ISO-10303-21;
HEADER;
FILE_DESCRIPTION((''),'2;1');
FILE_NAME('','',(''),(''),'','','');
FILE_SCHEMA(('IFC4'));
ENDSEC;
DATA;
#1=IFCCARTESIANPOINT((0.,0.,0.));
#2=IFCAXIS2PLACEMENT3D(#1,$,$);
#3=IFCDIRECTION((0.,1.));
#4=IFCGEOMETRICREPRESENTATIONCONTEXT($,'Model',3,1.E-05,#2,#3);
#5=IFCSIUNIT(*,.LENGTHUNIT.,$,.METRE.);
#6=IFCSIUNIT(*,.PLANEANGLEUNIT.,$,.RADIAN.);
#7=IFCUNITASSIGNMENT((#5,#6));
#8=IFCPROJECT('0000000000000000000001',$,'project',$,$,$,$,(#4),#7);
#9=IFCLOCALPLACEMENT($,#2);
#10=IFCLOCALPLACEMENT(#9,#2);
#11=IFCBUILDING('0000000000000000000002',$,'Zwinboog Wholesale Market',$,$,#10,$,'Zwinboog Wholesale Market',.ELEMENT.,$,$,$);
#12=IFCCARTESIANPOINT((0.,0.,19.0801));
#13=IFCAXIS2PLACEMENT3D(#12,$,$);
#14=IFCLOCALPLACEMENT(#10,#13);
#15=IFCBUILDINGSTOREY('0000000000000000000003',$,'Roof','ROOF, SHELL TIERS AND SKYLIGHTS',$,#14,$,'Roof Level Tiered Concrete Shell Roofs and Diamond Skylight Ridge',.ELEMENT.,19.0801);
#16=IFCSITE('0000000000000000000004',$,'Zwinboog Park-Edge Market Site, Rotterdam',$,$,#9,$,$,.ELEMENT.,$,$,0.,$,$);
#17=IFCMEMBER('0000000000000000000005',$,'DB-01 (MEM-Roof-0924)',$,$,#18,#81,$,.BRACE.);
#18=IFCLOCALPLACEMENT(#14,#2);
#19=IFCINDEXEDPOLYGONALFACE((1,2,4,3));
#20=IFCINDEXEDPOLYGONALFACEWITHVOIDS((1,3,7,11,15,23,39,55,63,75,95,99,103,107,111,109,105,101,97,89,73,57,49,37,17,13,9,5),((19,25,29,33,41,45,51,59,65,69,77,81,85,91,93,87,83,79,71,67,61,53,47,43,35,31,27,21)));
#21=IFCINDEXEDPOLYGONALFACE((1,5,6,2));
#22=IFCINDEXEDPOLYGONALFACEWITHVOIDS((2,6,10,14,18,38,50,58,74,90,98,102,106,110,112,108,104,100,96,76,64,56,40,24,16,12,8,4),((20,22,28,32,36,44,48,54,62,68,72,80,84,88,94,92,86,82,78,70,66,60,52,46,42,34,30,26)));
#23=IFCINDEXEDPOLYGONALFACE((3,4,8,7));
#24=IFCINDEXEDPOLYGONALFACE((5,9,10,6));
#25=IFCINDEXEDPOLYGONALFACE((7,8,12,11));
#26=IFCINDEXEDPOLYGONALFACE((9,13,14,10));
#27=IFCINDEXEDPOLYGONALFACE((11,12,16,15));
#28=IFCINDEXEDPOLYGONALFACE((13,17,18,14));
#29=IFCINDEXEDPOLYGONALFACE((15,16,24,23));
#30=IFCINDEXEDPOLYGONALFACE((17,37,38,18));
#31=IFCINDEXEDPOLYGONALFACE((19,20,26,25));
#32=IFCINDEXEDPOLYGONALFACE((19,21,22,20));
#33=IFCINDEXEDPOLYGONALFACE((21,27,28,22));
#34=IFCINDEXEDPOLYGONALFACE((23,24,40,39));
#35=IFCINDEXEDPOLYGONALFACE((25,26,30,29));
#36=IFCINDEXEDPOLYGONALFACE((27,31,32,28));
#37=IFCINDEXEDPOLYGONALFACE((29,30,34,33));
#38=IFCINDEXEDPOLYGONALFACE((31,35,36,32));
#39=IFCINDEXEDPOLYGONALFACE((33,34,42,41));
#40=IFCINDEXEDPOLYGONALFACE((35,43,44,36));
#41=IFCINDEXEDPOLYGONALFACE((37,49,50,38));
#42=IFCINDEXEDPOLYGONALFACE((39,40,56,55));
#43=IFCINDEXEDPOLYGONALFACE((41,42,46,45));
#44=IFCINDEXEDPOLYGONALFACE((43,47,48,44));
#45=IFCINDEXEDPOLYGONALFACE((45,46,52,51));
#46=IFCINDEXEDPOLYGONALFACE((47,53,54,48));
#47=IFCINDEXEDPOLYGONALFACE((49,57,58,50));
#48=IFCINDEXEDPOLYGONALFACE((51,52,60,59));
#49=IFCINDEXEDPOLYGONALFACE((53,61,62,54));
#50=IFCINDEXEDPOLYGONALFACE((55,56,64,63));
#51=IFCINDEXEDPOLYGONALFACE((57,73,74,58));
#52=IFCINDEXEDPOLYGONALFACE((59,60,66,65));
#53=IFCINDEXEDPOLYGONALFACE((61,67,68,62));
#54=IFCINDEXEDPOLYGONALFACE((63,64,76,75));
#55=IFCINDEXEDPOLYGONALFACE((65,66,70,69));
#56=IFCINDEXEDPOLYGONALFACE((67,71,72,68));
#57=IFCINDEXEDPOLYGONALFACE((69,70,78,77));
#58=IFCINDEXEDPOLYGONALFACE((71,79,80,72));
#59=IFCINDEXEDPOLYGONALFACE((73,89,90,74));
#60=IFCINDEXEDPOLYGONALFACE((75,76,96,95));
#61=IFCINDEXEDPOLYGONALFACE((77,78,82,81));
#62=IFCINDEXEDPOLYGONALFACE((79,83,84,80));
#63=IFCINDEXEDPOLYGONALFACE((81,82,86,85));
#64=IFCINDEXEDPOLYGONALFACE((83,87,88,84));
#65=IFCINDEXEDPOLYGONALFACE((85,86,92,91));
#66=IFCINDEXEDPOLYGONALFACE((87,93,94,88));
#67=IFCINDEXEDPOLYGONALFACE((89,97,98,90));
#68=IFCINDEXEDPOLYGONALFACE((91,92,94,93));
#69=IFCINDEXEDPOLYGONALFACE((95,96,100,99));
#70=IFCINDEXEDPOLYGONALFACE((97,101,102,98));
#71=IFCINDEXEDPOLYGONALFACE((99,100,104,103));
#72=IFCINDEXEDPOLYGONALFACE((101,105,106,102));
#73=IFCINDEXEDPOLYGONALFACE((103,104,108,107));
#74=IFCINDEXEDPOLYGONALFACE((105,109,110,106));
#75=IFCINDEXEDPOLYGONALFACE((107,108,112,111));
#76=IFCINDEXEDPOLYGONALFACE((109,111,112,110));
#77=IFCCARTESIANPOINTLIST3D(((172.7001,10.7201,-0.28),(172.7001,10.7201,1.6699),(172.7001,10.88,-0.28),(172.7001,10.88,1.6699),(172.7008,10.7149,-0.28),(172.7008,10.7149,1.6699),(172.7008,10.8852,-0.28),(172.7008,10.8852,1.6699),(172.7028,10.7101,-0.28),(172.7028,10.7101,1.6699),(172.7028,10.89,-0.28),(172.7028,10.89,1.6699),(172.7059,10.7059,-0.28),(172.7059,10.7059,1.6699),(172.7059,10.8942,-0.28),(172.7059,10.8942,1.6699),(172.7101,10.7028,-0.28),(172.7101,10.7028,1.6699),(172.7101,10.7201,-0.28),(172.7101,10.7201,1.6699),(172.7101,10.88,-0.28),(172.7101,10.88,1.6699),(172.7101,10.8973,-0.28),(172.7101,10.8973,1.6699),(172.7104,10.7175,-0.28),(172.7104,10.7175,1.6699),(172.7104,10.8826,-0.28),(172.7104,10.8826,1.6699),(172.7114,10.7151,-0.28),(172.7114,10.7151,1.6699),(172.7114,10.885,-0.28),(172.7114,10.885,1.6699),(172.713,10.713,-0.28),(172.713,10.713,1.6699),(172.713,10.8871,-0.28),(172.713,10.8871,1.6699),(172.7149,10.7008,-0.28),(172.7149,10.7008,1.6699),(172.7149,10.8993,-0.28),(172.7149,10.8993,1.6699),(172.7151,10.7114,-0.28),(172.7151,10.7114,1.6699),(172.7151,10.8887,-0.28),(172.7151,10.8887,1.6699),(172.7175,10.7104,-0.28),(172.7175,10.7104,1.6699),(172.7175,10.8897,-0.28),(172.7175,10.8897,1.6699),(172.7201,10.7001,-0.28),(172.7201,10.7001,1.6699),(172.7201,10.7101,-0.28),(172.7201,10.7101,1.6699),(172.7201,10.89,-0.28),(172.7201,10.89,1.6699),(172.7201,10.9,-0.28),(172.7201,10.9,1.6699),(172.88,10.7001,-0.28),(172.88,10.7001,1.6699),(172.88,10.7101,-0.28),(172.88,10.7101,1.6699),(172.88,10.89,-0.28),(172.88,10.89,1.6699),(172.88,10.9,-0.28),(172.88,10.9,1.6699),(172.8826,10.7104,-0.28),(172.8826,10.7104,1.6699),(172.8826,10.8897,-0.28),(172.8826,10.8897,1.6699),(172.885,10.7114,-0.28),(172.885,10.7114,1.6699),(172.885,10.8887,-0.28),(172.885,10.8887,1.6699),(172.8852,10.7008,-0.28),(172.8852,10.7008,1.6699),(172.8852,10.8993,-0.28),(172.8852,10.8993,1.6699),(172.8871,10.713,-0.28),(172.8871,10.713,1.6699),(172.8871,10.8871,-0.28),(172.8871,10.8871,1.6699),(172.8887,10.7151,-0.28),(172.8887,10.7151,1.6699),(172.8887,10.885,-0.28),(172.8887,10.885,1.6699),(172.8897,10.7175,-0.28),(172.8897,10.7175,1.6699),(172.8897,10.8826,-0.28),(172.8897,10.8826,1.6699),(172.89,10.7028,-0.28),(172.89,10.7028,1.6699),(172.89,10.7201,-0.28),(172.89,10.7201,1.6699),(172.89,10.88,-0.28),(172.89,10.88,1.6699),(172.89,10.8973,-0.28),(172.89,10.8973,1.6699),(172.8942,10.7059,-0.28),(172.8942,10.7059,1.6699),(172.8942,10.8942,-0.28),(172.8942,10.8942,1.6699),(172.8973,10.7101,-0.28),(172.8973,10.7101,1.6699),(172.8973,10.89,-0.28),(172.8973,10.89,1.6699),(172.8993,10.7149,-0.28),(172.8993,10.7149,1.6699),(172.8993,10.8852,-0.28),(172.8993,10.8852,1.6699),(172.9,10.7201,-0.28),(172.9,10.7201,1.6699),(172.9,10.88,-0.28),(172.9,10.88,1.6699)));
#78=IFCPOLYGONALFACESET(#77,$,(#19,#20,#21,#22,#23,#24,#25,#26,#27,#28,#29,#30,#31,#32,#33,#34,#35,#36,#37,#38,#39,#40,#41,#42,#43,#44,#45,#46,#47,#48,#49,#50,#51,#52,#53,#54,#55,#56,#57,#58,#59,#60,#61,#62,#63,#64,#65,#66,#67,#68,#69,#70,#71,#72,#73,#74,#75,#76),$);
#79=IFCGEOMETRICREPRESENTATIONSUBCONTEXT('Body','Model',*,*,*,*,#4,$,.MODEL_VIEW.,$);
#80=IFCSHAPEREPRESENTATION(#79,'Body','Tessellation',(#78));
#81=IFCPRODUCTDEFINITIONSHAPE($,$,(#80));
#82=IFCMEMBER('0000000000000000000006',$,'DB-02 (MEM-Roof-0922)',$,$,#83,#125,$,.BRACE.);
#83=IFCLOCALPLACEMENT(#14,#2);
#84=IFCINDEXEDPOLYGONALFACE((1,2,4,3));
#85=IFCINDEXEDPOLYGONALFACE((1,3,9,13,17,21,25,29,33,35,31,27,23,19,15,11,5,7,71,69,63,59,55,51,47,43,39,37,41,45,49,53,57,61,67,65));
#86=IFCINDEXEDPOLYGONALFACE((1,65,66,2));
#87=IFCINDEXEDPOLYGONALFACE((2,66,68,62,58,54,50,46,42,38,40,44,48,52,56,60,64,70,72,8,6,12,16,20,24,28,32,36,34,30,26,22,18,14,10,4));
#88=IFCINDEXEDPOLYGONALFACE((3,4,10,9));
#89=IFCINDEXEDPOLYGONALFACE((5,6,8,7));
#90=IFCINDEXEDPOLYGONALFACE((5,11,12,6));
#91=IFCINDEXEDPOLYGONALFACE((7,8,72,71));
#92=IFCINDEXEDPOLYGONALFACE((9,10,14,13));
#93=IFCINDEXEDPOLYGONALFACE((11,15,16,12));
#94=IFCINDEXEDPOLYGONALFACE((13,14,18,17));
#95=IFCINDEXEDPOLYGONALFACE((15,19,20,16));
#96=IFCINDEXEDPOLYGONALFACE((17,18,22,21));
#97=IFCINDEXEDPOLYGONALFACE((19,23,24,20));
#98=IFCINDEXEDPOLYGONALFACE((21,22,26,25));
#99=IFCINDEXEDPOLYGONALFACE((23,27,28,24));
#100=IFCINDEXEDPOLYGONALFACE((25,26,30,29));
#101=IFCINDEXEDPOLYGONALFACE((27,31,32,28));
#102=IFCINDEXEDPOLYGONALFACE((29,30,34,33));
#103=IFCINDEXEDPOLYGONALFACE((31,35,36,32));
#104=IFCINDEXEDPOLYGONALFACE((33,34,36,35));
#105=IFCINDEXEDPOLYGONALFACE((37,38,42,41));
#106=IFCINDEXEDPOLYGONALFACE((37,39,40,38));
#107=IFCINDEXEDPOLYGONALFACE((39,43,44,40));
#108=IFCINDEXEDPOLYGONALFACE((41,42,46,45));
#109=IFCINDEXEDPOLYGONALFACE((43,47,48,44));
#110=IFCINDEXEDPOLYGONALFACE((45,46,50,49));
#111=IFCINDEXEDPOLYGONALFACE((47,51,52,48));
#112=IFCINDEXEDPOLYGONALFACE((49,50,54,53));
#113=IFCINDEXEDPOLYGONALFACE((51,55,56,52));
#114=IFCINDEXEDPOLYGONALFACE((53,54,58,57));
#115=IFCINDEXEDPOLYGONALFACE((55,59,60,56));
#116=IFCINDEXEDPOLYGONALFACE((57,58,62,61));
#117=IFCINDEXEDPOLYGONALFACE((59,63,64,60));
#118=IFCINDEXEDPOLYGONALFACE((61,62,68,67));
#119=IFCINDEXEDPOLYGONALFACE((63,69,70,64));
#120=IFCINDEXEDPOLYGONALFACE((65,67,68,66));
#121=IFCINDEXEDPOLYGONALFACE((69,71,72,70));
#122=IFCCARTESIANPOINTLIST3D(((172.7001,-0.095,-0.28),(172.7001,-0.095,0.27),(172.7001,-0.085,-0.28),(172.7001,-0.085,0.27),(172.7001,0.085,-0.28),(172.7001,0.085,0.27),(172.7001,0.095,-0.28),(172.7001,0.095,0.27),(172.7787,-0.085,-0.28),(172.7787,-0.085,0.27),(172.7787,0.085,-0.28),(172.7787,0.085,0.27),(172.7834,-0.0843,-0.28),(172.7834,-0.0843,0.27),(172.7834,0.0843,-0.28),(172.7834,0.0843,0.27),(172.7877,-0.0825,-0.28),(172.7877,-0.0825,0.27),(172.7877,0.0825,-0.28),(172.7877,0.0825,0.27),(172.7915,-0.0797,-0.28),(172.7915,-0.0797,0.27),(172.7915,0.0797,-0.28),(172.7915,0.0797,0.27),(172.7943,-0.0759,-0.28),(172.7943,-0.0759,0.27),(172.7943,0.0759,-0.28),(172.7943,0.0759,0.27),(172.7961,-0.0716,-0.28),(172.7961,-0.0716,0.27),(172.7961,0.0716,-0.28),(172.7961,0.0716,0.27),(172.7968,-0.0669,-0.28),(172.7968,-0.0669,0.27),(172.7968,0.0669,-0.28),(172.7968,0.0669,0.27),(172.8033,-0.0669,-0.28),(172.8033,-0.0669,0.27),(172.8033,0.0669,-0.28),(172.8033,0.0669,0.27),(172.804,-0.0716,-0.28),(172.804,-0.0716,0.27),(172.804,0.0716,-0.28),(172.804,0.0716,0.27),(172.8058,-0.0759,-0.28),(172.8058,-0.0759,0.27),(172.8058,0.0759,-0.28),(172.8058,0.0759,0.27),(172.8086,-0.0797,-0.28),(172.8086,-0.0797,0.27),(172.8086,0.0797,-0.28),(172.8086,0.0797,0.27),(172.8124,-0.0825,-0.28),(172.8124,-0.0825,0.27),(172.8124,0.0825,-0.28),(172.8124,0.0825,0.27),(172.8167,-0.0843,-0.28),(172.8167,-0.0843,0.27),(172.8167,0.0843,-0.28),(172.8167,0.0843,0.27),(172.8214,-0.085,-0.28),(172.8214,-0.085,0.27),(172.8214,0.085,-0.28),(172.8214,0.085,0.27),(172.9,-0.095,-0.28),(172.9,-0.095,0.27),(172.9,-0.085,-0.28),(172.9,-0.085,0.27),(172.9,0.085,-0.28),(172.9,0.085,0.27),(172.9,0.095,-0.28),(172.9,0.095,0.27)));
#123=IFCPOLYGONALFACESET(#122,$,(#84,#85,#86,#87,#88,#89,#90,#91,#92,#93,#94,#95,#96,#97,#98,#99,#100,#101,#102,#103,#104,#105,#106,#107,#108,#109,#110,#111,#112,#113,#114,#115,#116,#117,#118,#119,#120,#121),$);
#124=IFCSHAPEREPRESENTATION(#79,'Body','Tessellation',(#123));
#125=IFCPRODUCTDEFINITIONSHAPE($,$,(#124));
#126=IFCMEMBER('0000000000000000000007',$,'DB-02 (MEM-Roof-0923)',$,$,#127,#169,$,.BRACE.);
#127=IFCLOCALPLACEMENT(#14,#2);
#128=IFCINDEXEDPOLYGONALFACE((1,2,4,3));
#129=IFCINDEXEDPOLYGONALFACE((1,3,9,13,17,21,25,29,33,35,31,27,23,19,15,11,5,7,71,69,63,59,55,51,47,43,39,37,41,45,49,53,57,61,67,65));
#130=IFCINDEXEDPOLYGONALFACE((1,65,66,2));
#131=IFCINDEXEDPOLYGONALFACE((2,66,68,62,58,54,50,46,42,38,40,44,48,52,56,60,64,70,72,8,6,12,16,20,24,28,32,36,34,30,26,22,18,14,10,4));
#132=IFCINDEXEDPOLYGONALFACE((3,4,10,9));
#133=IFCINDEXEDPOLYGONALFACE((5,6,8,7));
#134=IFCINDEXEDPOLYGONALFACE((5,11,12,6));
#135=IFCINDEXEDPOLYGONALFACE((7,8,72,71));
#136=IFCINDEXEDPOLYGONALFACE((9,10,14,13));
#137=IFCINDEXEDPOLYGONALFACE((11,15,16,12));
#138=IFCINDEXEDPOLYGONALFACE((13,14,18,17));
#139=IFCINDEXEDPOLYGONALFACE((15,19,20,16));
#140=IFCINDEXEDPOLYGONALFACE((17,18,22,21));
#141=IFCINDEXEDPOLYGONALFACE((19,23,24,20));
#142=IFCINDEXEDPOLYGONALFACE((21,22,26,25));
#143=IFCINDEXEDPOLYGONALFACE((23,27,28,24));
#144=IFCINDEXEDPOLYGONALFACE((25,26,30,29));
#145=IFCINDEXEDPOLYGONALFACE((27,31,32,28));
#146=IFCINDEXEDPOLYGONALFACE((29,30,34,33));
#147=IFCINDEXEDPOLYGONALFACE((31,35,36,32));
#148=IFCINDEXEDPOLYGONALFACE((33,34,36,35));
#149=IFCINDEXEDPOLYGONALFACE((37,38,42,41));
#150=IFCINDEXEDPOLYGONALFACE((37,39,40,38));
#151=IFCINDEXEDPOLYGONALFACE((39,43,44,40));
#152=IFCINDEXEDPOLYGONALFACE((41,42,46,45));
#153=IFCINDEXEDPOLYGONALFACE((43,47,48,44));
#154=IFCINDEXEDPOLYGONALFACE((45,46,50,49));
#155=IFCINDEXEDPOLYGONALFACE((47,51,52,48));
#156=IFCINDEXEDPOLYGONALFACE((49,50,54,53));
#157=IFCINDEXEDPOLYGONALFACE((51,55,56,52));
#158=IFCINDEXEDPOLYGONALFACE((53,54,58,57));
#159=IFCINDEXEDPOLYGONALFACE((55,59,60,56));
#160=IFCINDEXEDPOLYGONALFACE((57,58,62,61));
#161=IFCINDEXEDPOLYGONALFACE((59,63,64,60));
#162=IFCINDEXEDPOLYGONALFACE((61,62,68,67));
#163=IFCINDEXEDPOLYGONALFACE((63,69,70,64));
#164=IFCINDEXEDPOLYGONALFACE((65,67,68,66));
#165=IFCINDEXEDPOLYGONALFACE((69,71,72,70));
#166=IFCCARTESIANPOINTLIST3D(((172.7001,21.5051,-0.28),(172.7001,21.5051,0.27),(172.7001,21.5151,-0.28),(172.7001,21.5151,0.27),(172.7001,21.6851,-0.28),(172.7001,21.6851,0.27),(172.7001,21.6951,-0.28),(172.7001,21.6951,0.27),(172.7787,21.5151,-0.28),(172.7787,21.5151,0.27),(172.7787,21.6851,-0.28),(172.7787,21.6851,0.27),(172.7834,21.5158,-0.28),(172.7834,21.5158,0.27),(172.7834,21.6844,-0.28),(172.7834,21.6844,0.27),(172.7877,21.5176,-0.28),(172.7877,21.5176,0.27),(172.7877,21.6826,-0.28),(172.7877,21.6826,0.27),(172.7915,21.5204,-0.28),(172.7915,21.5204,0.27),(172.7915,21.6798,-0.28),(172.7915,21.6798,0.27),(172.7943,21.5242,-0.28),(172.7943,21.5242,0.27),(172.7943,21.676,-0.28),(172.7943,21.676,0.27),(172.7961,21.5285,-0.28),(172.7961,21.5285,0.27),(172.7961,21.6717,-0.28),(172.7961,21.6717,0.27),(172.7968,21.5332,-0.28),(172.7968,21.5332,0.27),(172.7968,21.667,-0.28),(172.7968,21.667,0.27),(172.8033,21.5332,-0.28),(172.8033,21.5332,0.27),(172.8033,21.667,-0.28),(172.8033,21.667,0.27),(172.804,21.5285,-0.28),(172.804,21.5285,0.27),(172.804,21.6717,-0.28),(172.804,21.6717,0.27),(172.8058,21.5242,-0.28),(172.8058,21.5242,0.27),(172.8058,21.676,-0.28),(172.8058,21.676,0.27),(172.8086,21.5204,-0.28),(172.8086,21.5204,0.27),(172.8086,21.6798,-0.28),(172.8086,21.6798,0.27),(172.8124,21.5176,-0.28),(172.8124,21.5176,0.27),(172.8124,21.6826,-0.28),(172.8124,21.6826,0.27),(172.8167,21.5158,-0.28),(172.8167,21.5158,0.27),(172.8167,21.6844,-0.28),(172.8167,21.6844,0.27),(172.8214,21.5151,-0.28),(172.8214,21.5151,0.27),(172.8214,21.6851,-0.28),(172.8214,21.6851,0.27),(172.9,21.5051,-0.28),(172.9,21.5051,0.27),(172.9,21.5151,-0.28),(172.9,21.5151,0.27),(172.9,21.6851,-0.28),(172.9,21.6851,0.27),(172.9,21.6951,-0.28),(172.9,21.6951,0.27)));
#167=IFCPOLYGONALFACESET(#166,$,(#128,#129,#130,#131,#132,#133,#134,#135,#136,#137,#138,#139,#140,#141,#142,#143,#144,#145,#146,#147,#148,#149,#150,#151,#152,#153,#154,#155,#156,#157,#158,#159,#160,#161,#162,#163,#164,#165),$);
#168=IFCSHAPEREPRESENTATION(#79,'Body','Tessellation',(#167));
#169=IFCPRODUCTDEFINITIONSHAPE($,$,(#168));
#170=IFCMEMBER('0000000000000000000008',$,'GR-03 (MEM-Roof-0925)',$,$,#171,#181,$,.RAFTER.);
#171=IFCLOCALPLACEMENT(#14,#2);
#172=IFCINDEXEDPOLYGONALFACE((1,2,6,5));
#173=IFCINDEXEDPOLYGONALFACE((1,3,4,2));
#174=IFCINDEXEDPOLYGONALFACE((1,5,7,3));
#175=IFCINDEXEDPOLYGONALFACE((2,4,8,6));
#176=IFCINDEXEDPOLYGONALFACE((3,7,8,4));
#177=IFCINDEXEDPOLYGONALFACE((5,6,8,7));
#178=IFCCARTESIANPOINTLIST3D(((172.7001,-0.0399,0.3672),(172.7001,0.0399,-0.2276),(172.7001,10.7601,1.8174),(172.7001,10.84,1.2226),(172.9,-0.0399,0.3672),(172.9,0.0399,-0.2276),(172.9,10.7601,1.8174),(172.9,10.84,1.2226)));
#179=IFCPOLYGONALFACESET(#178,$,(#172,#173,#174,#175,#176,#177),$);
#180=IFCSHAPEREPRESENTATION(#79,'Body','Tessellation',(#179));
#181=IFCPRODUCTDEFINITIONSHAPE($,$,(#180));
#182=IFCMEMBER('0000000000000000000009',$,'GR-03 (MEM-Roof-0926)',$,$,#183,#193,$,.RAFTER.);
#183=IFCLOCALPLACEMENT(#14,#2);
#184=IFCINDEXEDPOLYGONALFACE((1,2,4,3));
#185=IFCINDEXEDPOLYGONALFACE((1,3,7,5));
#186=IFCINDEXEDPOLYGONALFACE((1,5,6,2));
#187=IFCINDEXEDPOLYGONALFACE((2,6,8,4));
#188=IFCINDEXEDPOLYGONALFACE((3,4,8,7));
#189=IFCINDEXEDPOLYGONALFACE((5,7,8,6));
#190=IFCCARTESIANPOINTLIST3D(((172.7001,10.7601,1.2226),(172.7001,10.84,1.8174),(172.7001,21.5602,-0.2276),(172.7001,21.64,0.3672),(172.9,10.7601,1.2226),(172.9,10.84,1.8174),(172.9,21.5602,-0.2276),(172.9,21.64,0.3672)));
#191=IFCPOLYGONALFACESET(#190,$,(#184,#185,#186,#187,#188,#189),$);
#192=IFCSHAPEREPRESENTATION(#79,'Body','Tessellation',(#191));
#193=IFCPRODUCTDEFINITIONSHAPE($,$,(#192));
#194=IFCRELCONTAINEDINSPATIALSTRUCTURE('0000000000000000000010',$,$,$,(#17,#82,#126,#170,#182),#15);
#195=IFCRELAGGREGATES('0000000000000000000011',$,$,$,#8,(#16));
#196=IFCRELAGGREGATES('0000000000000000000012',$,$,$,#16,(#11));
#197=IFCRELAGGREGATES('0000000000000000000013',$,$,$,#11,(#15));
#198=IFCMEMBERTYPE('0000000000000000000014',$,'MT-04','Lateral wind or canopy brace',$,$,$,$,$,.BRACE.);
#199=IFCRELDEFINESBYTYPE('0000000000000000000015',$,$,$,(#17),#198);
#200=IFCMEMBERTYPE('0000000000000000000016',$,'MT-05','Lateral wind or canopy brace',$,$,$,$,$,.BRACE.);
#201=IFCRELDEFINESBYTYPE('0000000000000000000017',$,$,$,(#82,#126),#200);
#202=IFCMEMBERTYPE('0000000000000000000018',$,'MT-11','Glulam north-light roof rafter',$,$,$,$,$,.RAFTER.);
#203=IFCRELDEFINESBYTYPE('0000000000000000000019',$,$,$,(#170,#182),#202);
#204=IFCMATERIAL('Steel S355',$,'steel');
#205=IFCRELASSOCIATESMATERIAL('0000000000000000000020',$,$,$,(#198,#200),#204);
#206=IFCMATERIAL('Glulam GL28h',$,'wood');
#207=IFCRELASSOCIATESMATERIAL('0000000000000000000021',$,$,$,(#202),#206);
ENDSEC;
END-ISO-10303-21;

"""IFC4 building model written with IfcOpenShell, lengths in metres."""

from ifc_helpers import new_model, si_unit, direction, frame, origin, origin_2d, place, context, subcontext, project, spatial, rectangle, hollow_rectangle, i_section, extrude, material, material_profile, profile_set, type_object, element, save


model = new_model("IFC4")

# Units and contexts
model_context = context("Model", 3, precision=1e-05, world=origin(), true_north=direction((0.0, 1.0)))
body_context = subcontext(model_context, "Body", "Model", "MODEL_VIEW")
ifc_project = project(units=[si_unit("LENGTHUNIT", "METRE"), si_unit("PLANEANGLEUNIT", "RADIAN")], contexts=[model_context])

# Site, building, storey
site_placement = place(None, origin())
site = spatial("IfcSite", under=ifc_project, at=site_placement, Name="Zwinboog Park-Edge Market Site, Rotterdam", CompositionType="ELEMENT", RefElevation=0.0)
building_placement = place(site_placement, origin())
building = spatial("IfcBuilding", under=site, at=building_placement, Name="Zwinboog Wholesale Market", LongName="Zwinboog Wholesale Market", CompositionType="ELEMENT")
storey_placement = place(building_placement, frame((0.0, 0.0, 19.0801)))
storey = spatial("IfcBuildingStorey", under=building, at=storey_placement, Name="Roof", Description="ROOF, SHELL TIERS AND SKYLIGHTS", LongName="Roof Level Tiered Concrete Shell Roofs and Diamond Skylight Ridge", CompositionType="ELEMENT", Elevation=19.0801)

# Shared definitions
ifc_material_1 = material(Name="Steel S355", Category="steel")

# Members
ifc_material_profile_1 = material_profile(ifc_material_1, hollow_rectangle(XDim=0.2, YDim=0.2, WallThickness=0.01, InnerFilletRadius=0.01, OuterFilletRadius=0.02, at=origin_2d()), Name="SHS 200x200x10")
ifc_profile_set_1 = profile_set([ifc_material_profile_1], Name="Steel S355")
member_type_1 = type_object("IfcMemberType", Name="MT-04", Description="Lateral wind or canopy brace", PredefinedType="BRACE", material=ifc_profile_set_1)
member_1_placement = place(storey_placement, frame((172.8, 10.8, -0.28), z_axis=(0.0, 0.0, 1.0), x_axis=(1.0, 0.0, 0.0)))
element("IfcMember", 1, at=member_1_placement, inside=storey, type_object=member_type_1, Name="DB-01 (MEM-Roof-0924)", PredefinedType="BRACE", context=body_context, shape_type="SweptSolid", body=[
    extrude(hollow_rectangle(XDim=0.2, YDim=0.2, WallThickness=0.01, InnerFilletRadius=0.01, OuterFilletRadius=0.02, at=origin_2d()), origin(), (0.0, 0.0, 1.0), 1.95),
])
ifc_material_profile_2 = material_profile(ifc_material_1, i_section(OverallWidth=0.2, OverallDepth=0.1899, WebThickness=0.0066, FlangeThickness=0.01, FilletRadius=0.0181, at=origin_2d()), Name="HEA 200")
ifc_profile_set_2 = profile_set([ifc_material_profile_2], Name="Steel S355")
member_type_2 = type_object("IfcMemberType", Name="MT-05", Description="Lateral wind or canopy brace", PredefinedType="BRACE", material=ifc_profile_set_2)
for number, where, z_axis, x_axis, name in (
    (2, (172.8, 0.0, -0.28), (0.0, 0.0, 1.0), (1.0, 0.0, 0.0), "DB-02 (MEM-Roof-0922)"),
    (3, (172.8, 21.6001, -0.28), (0.0, 0.0, 1.0), (1.0, 0.0, 0.0), "DB-02 (MEM-Roof-0923)"),
):
    element("IfcMember", number, at=place(storey_placement, frame(where, z_axis=z_axis, x_axis=x_axis)), inside=storey, type_object=member_type_2, Name=name, PredefinedType="BRACE", context=body_context, shape_type="SweptSolid", body=[
        extrude(i_section(OverallWidth=0.2, OverallDepth=0.1899, WebThickness=0.0066, FlangeThickness=0.01, FilletRadius=0.0181, at=origin_2d()), origin(), (0.0, 0.0, 1.0), 0.55),
    ])
ifc_material_2 = material(Name="Glulam GL28h", Category="wood")
ifc_material_profile_3 = material_profile(ifc_material_2, rectangle(XDim=0.2, YDim=0.6001, at=origin_2d()), Name="GL28h 200x600")
ifc_profile_set_3 = profile_set([ifc_material_profile_3], Name="Glulam GL28h")
member_type_3 = type_object("IfcMemberType", Name="MT-11", Description="Glulam north-light roof rafter", PredefinedType="RAFTER", material=ifc_profile_set_3)
for number, where, z_axis, x_axis, name in (
    (4, (172.8, 0.0, 0.0698), (0.0, 0.991105, 0.133082), (-1.0, 0.0, 0.0), "GR-03 (MEM-Roof-0925)"),
    (5, (172.8, 10.8, 1.52), (0.0, 0.991105, -0.133082), (-1.0, 0.0, 0.0), "GR-03 (MEM-Roof-0926)"),
):
    element("IfcMember", number, at=place(storey_placement, frame(where, z_axis=z_axis, x_axis=x_axis)), inside=storey, type_object=member_type_3, Name=name, PredefinedType="RAFTER", context=body_context, shape_type="SweptSolid", body=[
        extrude(rectangle(XDim=0.2, YDim=0.6001, at=origin_2d()), origin(), (0.0, 0.0, 1.0), 10.897),
    ])

save(model, "model.ifc")
